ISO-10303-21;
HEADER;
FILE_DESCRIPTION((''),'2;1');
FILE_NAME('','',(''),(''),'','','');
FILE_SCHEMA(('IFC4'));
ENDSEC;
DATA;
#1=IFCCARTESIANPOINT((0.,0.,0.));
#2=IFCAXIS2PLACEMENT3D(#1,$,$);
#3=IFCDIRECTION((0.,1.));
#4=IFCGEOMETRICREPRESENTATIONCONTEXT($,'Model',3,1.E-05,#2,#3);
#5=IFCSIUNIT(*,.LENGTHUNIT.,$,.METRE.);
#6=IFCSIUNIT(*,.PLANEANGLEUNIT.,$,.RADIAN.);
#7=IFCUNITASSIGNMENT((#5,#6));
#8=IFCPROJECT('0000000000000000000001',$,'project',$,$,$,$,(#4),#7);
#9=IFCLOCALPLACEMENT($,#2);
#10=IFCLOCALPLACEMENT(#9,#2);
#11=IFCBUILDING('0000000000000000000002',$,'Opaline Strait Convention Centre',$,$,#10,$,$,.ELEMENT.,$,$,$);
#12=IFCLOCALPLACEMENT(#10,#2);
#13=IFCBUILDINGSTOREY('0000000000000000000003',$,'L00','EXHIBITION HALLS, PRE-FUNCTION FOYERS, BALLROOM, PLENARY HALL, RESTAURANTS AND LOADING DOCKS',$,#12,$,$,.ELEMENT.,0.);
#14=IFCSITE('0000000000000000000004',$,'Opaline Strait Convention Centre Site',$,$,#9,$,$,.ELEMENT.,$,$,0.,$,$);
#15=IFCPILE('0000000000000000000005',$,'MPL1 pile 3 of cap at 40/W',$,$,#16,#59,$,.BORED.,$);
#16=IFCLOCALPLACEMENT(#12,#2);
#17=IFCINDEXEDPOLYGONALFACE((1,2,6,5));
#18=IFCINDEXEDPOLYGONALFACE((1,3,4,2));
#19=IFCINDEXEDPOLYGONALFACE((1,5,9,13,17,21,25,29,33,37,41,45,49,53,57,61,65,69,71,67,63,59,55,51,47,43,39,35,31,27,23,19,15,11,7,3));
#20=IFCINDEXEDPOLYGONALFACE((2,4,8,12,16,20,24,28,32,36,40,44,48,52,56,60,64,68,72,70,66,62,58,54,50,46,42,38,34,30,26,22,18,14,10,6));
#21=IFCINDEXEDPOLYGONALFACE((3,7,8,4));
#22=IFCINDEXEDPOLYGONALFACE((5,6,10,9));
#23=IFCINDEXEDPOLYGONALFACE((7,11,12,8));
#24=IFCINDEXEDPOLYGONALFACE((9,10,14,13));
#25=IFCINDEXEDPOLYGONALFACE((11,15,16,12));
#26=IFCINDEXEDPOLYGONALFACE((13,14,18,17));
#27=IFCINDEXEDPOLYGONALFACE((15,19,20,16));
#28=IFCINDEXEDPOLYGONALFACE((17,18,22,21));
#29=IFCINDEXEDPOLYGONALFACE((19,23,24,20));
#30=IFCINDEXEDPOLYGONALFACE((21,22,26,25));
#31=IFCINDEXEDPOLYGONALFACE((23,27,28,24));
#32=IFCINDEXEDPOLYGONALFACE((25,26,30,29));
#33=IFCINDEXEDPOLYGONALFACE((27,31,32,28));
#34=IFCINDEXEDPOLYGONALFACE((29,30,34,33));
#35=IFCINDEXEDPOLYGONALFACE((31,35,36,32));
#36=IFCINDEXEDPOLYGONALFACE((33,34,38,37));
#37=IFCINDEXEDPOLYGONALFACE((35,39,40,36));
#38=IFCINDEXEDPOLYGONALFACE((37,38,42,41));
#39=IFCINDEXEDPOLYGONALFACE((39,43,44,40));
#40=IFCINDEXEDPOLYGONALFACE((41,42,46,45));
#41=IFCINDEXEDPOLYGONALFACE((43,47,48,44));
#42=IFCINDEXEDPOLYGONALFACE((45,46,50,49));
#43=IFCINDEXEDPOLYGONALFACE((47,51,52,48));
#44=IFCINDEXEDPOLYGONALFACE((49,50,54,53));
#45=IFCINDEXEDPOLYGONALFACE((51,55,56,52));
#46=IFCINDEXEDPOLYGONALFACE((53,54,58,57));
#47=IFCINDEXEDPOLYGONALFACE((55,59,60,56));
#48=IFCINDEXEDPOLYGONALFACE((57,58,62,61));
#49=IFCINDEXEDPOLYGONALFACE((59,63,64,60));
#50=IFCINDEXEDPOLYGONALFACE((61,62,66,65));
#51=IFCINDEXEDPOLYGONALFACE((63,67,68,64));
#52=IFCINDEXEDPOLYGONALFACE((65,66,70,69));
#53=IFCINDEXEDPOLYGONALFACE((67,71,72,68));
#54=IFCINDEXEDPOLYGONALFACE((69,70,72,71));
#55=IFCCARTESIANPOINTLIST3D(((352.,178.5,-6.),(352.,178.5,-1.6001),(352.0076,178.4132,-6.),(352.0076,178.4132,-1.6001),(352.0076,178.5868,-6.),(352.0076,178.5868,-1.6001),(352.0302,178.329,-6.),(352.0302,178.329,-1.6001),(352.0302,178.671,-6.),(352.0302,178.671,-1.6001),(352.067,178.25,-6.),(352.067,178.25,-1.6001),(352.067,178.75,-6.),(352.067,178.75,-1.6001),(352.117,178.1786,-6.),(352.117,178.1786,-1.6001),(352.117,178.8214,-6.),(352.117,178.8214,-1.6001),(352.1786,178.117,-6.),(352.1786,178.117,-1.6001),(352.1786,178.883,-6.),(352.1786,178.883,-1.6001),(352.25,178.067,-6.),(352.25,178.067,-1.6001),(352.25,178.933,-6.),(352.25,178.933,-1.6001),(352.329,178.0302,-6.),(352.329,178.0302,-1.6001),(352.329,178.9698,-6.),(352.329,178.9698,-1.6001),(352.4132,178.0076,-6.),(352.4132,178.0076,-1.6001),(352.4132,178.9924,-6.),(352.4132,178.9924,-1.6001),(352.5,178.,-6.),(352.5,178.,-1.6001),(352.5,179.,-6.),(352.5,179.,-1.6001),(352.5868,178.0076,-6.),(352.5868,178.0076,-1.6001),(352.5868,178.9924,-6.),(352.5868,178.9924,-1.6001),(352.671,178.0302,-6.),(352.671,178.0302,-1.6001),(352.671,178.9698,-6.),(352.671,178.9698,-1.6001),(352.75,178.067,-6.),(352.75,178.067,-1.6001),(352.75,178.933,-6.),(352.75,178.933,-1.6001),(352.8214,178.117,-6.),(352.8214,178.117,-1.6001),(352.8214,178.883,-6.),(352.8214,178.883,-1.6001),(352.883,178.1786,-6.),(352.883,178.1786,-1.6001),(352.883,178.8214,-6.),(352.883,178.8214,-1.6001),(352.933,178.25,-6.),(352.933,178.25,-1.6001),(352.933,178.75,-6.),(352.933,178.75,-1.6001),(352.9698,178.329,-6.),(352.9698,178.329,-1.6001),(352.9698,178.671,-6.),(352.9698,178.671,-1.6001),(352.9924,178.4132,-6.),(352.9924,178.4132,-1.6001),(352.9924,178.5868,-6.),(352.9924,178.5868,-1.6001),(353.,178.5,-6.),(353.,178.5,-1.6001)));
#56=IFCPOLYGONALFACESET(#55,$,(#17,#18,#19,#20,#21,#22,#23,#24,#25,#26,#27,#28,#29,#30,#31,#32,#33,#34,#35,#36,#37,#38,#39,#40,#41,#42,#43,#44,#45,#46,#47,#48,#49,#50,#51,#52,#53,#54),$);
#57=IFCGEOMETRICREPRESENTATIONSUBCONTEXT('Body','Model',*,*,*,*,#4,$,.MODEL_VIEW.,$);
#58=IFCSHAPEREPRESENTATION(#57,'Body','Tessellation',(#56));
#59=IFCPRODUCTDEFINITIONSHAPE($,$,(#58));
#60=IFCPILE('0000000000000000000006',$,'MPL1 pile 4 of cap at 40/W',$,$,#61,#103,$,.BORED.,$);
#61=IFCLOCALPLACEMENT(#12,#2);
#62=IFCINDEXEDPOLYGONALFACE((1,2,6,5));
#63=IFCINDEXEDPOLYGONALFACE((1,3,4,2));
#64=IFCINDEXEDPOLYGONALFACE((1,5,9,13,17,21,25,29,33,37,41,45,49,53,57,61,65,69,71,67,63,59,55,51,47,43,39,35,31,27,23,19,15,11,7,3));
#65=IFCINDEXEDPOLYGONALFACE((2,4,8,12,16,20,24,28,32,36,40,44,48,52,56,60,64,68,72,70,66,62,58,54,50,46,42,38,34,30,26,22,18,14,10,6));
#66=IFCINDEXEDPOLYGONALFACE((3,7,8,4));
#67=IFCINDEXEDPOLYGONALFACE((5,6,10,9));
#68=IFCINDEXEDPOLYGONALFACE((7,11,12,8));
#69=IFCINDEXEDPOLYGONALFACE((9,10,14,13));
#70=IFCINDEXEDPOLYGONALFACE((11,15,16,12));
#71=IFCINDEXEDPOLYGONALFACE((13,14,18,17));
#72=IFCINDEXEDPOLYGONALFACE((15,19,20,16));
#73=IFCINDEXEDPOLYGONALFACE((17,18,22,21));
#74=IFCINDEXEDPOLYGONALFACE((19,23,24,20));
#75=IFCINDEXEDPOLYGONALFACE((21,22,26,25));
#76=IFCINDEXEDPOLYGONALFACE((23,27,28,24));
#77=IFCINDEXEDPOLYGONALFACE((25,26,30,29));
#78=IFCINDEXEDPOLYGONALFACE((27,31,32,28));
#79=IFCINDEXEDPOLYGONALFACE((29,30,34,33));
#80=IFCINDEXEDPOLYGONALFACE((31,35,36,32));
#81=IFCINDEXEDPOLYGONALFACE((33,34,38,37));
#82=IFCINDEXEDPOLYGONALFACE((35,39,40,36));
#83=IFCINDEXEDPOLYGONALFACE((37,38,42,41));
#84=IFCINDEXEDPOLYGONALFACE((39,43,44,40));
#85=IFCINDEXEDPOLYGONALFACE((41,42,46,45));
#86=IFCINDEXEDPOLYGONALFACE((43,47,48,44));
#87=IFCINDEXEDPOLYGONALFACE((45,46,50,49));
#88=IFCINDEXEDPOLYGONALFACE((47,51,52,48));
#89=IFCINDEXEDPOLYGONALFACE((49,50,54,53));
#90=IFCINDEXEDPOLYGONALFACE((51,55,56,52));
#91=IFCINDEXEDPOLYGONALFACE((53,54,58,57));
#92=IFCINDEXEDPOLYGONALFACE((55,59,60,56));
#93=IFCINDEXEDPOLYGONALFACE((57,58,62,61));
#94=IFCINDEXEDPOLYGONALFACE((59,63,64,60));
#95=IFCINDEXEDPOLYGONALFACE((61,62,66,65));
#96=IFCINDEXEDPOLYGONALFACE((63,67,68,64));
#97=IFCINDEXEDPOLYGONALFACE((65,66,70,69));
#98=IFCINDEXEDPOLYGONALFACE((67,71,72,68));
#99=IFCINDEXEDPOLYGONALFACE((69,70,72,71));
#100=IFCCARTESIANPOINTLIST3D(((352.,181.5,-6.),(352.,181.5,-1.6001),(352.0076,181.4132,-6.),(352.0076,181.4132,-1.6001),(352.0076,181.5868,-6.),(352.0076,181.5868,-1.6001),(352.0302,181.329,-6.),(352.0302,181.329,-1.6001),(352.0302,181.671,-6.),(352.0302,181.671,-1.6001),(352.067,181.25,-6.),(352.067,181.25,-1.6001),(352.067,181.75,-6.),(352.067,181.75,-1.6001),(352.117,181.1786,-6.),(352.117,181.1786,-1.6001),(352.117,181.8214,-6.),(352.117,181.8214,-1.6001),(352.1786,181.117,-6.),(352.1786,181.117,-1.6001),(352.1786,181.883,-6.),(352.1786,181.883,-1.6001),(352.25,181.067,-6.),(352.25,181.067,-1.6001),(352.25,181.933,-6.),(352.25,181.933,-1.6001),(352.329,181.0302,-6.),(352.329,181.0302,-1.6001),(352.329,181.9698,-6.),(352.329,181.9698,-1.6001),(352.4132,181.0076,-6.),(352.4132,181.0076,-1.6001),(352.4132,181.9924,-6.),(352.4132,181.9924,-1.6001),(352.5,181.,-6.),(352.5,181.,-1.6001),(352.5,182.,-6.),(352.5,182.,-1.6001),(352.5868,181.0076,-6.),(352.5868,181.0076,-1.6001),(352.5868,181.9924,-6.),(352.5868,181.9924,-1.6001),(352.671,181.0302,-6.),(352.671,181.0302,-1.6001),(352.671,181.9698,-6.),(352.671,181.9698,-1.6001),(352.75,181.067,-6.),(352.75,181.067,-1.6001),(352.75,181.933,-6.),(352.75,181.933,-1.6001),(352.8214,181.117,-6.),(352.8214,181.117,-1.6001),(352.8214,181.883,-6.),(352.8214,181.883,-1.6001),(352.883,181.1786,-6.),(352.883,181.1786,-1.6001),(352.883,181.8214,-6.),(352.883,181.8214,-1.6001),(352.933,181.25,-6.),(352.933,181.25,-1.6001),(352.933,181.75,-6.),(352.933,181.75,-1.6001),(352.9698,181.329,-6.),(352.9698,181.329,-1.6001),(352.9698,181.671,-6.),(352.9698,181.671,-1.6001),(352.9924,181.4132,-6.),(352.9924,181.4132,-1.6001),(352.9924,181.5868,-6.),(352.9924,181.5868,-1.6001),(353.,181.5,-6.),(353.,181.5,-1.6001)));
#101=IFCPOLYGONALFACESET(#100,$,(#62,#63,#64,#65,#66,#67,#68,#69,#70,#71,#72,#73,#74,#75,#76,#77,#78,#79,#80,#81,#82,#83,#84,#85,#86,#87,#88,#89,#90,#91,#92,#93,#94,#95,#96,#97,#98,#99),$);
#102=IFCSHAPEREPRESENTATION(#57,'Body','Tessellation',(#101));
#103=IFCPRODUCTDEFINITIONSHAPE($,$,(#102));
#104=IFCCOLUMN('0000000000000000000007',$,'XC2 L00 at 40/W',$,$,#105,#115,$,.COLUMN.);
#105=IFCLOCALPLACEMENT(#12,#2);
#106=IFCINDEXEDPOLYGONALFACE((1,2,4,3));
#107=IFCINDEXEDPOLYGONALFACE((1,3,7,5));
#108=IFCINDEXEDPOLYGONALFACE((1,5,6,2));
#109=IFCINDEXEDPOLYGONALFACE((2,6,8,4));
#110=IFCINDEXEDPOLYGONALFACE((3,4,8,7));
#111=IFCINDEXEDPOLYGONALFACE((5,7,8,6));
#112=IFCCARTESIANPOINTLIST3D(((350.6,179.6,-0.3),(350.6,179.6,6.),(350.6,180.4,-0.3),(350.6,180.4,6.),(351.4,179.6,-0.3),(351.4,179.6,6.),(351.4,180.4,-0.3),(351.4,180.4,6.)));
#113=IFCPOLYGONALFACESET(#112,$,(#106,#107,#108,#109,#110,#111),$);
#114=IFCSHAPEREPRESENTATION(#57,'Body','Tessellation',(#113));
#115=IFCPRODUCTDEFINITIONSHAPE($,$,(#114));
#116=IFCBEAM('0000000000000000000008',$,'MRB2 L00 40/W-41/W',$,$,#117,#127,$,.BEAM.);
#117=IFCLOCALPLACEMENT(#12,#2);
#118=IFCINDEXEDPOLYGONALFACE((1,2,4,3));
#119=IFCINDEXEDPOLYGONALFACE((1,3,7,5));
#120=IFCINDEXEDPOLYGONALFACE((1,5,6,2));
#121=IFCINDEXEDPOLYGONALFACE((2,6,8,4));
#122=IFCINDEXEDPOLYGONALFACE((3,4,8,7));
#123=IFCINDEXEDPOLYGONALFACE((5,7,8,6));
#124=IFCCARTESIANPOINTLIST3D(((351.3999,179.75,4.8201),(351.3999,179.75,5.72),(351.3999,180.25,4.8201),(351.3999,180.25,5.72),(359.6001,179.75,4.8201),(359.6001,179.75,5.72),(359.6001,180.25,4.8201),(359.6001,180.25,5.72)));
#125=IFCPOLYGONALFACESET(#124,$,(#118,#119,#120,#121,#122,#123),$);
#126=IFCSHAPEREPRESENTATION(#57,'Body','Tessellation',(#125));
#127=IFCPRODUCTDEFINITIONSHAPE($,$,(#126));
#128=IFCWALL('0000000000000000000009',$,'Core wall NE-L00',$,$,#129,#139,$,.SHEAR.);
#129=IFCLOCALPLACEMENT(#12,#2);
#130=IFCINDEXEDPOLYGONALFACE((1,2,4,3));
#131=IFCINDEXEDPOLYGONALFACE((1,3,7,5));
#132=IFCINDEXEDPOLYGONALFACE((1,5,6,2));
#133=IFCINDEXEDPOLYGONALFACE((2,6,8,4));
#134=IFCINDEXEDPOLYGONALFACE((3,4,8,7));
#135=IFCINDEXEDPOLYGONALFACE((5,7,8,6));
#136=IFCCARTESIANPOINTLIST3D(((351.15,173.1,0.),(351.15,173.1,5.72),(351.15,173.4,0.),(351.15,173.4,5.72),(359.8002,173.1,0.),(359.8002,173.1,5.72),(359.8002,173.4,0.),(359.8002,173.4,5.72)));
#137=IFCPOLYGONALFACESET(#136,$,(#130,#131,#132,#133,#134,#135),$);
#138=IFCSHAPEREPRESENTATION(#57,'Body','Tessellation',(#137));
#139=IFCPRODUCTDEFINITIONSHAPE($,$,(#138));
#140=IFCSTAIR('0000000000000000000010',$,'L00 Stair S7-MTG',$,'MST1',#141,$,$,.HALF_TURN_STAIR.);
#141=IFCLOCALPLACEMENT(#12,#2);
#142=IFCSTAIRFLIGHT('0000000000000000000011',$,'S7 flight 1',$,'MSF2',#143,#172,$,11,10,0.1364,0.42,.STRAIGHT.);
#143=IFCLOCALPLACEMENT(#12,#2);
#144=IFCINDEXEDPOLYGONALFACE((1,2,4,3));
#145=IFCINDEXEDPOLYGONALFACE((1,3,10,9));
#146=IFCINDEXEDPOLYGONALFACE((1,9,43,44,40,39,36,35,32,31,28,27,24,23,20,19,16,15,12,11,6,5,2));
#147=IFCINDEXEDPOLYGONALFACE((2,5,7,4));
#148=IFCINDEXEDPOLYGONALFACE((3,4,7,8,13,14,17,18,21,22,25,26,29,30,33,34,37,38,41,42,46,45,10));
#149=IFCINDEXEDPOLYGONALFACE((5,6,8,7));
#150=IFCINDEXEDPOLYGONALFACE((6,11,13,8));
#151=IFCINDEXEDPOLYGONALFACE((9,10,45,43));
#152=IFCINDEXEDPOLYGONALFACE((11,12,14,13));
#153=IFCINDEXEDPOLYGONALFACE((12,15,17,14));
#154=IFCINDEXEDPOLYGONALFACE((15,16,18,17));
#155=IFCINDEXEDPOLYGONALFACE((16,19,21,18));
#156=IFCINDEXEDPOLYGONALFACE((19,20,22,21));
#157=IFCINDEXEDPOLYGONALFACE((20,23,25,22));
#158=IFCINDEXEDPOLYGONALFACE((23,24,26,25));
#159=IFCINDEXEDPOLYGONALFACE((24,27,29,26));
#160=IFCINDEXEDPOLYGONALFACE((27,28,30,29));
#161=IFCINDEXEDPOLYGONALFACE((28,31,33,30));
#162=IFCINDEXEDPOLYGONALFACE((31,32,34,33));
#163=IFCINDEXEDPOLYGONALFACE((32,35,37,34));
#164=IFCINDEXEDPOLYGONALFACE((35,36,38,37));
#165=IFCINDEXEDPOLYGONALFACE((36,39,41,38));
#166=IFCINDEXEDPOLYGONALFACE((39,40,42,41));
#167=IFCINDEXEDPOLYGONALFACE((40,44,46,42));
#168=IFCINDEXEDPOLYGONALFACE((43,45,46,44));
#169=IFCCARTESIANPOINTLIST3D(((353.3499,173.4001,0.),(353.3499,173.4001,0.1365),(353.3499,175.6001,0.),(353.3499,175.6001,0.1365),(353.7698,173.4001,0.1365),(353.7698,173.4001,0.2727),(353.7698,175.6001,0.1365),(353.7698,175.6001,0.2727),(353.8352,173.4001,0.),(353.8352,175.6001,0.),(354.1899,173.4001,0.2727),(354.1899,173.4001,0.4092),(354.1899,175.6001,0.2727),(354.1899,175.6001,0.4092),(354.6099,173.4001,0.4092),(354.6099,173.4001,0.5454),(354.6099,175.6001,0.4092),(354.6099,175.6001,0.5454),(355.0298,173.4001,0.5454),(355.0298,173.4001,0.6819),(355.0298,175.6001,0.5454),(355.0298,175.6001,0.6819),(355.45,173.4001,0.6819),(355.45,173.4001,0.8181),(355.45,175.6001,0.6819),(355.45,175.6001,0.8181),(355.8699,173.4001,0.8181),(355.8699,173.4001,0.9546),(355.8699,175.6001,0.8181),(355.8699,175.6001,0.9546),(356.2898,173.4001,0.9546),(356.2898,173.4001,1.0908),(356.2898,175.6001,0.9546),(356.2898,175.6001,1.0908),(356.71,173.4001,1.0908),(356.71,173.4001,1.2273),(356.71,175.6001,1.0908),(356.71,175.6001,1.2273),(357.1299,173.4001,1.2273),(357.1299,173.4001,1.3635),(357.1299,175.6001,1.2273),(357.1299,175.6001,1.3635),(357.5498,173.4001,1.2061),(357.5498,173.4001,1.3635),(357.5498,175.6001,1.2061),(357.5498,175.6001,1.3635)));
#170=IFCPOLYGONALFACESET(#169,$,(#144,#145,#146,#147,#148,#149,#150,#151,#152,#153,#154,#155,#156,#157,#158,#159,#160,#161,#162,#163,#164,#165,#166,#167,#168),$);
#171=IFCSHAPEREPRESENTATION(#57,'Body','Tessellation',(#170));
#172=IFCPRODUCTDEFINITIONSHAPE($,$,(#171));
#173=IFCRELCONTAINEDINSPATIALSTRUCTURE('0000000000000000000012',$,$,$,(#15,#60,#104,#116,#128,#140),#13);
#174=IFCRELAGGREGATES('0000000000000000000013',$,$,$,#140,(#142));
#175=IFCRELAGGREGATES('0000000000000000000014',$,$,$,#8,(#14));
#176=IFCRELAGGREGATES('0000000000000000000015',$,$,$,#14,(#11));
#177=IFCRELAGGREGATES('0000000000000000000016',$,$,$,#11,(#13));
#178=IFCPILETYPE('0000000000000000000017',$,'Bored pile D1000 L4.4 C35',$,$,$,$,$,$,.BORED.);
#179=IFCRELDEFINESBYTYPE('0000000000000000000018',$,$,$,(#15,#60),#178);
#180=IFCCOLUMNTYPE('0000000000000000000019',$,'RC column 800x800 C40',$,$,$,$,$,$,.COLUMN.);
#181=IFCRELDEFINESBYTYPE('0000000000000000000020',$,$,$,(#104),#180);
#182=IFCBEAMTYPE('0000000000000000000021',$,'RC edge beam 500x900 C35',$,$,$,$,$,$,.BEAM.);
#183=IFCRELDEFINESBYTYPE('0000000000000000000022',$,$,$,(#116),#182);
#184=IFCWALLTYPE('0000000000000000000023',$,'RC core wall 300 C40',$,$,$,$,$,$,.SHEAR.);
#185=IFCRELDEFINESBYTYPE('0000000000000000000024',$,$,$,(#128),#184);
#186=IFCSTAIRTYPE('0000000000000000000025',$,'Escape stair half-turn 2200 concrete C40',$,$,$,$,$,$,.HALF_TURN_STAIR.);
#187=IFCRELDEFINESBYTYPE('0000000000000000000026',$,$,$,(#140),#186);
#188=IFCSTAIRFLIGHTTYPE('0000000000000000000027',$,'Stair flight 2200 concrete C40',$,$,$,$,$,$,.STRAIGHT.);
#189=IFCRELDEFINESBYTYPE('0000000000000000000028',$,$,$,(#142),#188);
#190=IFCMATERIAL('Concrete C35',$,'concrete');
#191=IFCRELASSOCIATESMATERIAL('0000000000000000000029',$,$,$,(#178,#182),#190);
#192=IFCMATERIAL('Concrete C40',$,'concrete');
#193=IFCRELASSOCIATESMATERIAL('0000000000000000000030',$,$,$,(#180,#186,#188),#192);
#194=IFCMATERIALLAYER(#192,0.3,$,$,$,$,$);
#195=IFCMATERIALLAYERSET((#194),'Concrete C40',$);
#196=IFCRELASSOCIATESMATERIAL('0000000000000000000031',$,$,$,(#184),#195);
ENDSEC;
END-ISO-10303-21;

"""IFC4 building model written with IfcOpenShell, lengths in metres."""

from ifc_helpers import new_model, si_unit, direction, frame, frame_2d, origin, origin_2d, place, context, subcontext, project, spatial, polyline, rectangle, circle, outline, extrude, material, layer, layer_set, material_profile, profile_set, type_object, element, aggregate, save


model = new_model("IFC4")

# Units and contexts
model_context = context("Model", 3, precision=1e-05, world=origin(), true_north=direction((0.0, 1.0)))
body_context = subcontext(model_context, "Body", "Model", "MODEL_VIEW")
ifc_project = project(units=[si_unit("LENGTHUNIT", "METRE"), si_unit("PLANEANGLEUNIT", "RADIAN")], contexts=[model_context])

# Site, building, storey
site_placement = place(None, origin())
site = spatial("IfcSite", under=ifc_project, at=site_placement, Name="Opaline Strait Convention Centre Site", CompositionType="ELEMENT", RefElevation=0.0)
building_placement = place(site_placement, origin())
building = spatial("IfcBuilding", under=site, at=building_placement, Name="Opaline Strait Convention Centre", CompositionType="ELEMENT")
storey_placement = place(building_placement, origin())
storey = spatial("IfcBuildingStorey", under=building, at=storey_placement, Name="L00", Description="EXHIBITION HALLS, PRE-FUNCTION FOYERS, BALLROOM, PLENARY HALL, RESTAURANTS AND LOADING DOCKS", CompositionType="ELEMENT", Elevation=0.0)

# Piles
ifc_material_1 = material(Name="Concrete C35", Category="concrete")
ifc_material_profile_1 = material_profile(ifc_material_1, circle(Radius=0.5, at=origin_2d()), Name="D1000")
ifc_profile_set_1 = profile_set([ifc_material_profile_1], Name="Concrete C35")
pile_type = type_object("IfcPileType", Name="Bored pile D1000 L4.4 C35", PredefinedType="BORED", material=ifc_profile_set_1)
for number, where, z_axis, x_axis, name in (
    (1, (352.5, 178.5, -1.6001), (0.0, 0.0, -1.0), (1.0, 0.0, 0.0), "MPL1 pile 3 of cap at 40/W"),
    (2, (352.5, 181.5, -1.6001), (0.0, 0.0, -1.0), (1.0, 0.0, 0.0), "MPL1 pile 4 of cap at 40/W"),
):
    element("IfcPile", number, at=place(storey_placement, frame(where, z_axis=z_axis, x_axis=x_axis)), inside=storey, type_object=pile_type, Name=name, PredefinedType="BORED", context=body_context, shape_type="SweptSolid", body=[
        extrude(circle(Radius=0.5, at=origin_2d()), origin(), (0.0, 0.0, 1.0), 4.3999),
    ])

# Column
ifc_material_2 = material(Name="Concrete C40", Category="concrete")
ifc_material_profile_2 = material_profile(ifc_material_2, rectangle(XDim=0.8, YDim=0.8, at=origin_2d()), Name="RC 800x800")
ifc_profile_set_2 = profile_set([ifc_material_profile_2], Name="Concrete C40")
column_type = type_object("IfcColumnType", Name="RC column 800x800 C40", PredefinedType="COLUMN", material=ifc_profile_set_2)
column_placement = place(storey_placement, frame((351.0, 180.0, -0.3), z_axis=(0.0, 0.0, 1.0), x_axis=(1.0, 0.0, 0.0)))
element("IfcColumn", 3, at=column_placement, inside=storey, type_object=column_type, Name="XC2 L00 at 40/W", PredefinedType="COLUMN", context=body_context, shape_type="SweptSolid", body=[
    extrude(rectangle(XDim=0.8, YDim=0.8, at=origin_2d()), origin(), (0.0, 0.0, 1.0), 6.3),
])

# Beam
ifc_material_profile_3 = material_profile(ifc_material_1, rectangle(XDim=0.5, YDim=0.8999, at=origin_2d()), Name="RC 500x900")
ifc_profile_set_3 = profile_set([ifc_material_profile_3], Name="Concrete C35")
beam_type = type_object("IfcBeamType", Name="RC edge beam 500x900 C35", PredefinedType="BEAM", material=ifc_profile_set_3)
beam_placement = place(storey_placement, frame((351.3999, 180.0, 5.27), z_axis=(1.0, 0.0, 0.0), x_axis=(0.0, 1.0, 0.0)))
element("IfcBeam", 4, at=beam_placement, inside=storey, type_object=beam_type, Name="MRB2 L00 40/W-41/W", PredefinedType="BEAM", context=body_context, shape_type="SweptSolid", body=[
    extrude(rectangle(XDim=0.5, YDim=0.8999, at=origin_2d()), origin(), (0.0, 0.0, 1.0), 8.2002),
])

# Shared definitions
ifc_layer_1 = layer(ifc_material_2, 0.3)
ifc_layer_set_1 = layer_set([ifc_layer_1], Name="Concrete C40")
wall_type_1 = type_object("IfcWallType", Name="RC core wall 300 C40", PredefinedType="SHEAR", material=ifc_layer_set_1)

# Wall
wall_1_placement = place(storey_placement, frame((351.1499, 173.25, 0.0), z_axis=(0.0, 0.0, 1.0), x_axis=(1.0, 0.0, 0.0)))
element("IfcWall", 5, at=wall_1_placement, inside=storey, type_object=wall_type_1, Name="Core wall NE-L00", PredefinedType="SHEAR", context=body_context, shape_type="SweptSolid", body=[
    extrude(rectangle(XDim=8.6501, YDim=0.3, at=frame_2d((4.3252, 0.0))), origin(), (0.0, 0.0, 1.0), 5.72),
])

# Stair, stair flight
stair_type = type_object("IfcStairType", Name="Escape stair half-turn 2200 concrete C40", PredefinedType="HALF_TURN_STAIR", material=ifc_material_2)
stair_placement = place(storey_placement, origin())
stair = element("IfcStair", 6, at=stair_placement, inside=storey, type_object=stair_type, Name="L00 Stair S7-MTG", ObjectType="MST1", PredefinedType="HALF_TURN_STAIR")
stair_flight_type = type_object("IfcStairFlightType", Name="Stair flight 2200 concrete C40", PredefinedType="STRAIGHT", material=ifc_material_2)
stair_flight_1_placement = place(storey_placement, frame((353.3499, 174.5, 0.0), z_axis=(0.0, 0.0, 1.0), x_axis=(1.0, 0.0, 0.0)))
stair_flight_1 = element("IfcStairFlight", 7, at=stair_flight_1_placement, type_object=stair_flight_type, Name="S7 flight 1", ObjectType="MSF2", NumberOfRisers=11, NumberOfTreads=10, PredefinedType="STRAIGHT", RiserHeight=0.1364, TreadLength=0.42, context=body_context, shape_type="SweptSolid", body=[
    extrude(outline(polyline([(0.0, 0.0), (0.0, 0.1365), (0.4199, 0.1365), (0.4199, 0.2727), (0.8401, 0.2727), (0.8401, 0.4092), (1.26, 0.4092), (1.26, 0.5454), (1.6799, 0.5454), (1.6799, 0.6819), (2.1001, 0.6819), (2.1001, 0.8181), (2.52, 0.8181), (2.52, 0.9546), (2.9399, 0.9546), (2.9399, 1.0908), (3.3601, 1.0908), (3.3601, 1.2273), (3.78, 1.2273), (3.78, 1.3635), (4.2, 1.3635), (4.2, 1.5), (4.2, 1.2061), (0.4854, 0.0), (0.0, 0.0)])), frame((0.0, 1.1001, 0.0), z_axis=(0.0, -1.0, 0.0), x_axis=(1.0, 0.0, 0.0)), (0.0, 0.0, 1.0), 2.2),
])
aggregate(stair, [stair_flight_1])

save(model, "model.ifc")
